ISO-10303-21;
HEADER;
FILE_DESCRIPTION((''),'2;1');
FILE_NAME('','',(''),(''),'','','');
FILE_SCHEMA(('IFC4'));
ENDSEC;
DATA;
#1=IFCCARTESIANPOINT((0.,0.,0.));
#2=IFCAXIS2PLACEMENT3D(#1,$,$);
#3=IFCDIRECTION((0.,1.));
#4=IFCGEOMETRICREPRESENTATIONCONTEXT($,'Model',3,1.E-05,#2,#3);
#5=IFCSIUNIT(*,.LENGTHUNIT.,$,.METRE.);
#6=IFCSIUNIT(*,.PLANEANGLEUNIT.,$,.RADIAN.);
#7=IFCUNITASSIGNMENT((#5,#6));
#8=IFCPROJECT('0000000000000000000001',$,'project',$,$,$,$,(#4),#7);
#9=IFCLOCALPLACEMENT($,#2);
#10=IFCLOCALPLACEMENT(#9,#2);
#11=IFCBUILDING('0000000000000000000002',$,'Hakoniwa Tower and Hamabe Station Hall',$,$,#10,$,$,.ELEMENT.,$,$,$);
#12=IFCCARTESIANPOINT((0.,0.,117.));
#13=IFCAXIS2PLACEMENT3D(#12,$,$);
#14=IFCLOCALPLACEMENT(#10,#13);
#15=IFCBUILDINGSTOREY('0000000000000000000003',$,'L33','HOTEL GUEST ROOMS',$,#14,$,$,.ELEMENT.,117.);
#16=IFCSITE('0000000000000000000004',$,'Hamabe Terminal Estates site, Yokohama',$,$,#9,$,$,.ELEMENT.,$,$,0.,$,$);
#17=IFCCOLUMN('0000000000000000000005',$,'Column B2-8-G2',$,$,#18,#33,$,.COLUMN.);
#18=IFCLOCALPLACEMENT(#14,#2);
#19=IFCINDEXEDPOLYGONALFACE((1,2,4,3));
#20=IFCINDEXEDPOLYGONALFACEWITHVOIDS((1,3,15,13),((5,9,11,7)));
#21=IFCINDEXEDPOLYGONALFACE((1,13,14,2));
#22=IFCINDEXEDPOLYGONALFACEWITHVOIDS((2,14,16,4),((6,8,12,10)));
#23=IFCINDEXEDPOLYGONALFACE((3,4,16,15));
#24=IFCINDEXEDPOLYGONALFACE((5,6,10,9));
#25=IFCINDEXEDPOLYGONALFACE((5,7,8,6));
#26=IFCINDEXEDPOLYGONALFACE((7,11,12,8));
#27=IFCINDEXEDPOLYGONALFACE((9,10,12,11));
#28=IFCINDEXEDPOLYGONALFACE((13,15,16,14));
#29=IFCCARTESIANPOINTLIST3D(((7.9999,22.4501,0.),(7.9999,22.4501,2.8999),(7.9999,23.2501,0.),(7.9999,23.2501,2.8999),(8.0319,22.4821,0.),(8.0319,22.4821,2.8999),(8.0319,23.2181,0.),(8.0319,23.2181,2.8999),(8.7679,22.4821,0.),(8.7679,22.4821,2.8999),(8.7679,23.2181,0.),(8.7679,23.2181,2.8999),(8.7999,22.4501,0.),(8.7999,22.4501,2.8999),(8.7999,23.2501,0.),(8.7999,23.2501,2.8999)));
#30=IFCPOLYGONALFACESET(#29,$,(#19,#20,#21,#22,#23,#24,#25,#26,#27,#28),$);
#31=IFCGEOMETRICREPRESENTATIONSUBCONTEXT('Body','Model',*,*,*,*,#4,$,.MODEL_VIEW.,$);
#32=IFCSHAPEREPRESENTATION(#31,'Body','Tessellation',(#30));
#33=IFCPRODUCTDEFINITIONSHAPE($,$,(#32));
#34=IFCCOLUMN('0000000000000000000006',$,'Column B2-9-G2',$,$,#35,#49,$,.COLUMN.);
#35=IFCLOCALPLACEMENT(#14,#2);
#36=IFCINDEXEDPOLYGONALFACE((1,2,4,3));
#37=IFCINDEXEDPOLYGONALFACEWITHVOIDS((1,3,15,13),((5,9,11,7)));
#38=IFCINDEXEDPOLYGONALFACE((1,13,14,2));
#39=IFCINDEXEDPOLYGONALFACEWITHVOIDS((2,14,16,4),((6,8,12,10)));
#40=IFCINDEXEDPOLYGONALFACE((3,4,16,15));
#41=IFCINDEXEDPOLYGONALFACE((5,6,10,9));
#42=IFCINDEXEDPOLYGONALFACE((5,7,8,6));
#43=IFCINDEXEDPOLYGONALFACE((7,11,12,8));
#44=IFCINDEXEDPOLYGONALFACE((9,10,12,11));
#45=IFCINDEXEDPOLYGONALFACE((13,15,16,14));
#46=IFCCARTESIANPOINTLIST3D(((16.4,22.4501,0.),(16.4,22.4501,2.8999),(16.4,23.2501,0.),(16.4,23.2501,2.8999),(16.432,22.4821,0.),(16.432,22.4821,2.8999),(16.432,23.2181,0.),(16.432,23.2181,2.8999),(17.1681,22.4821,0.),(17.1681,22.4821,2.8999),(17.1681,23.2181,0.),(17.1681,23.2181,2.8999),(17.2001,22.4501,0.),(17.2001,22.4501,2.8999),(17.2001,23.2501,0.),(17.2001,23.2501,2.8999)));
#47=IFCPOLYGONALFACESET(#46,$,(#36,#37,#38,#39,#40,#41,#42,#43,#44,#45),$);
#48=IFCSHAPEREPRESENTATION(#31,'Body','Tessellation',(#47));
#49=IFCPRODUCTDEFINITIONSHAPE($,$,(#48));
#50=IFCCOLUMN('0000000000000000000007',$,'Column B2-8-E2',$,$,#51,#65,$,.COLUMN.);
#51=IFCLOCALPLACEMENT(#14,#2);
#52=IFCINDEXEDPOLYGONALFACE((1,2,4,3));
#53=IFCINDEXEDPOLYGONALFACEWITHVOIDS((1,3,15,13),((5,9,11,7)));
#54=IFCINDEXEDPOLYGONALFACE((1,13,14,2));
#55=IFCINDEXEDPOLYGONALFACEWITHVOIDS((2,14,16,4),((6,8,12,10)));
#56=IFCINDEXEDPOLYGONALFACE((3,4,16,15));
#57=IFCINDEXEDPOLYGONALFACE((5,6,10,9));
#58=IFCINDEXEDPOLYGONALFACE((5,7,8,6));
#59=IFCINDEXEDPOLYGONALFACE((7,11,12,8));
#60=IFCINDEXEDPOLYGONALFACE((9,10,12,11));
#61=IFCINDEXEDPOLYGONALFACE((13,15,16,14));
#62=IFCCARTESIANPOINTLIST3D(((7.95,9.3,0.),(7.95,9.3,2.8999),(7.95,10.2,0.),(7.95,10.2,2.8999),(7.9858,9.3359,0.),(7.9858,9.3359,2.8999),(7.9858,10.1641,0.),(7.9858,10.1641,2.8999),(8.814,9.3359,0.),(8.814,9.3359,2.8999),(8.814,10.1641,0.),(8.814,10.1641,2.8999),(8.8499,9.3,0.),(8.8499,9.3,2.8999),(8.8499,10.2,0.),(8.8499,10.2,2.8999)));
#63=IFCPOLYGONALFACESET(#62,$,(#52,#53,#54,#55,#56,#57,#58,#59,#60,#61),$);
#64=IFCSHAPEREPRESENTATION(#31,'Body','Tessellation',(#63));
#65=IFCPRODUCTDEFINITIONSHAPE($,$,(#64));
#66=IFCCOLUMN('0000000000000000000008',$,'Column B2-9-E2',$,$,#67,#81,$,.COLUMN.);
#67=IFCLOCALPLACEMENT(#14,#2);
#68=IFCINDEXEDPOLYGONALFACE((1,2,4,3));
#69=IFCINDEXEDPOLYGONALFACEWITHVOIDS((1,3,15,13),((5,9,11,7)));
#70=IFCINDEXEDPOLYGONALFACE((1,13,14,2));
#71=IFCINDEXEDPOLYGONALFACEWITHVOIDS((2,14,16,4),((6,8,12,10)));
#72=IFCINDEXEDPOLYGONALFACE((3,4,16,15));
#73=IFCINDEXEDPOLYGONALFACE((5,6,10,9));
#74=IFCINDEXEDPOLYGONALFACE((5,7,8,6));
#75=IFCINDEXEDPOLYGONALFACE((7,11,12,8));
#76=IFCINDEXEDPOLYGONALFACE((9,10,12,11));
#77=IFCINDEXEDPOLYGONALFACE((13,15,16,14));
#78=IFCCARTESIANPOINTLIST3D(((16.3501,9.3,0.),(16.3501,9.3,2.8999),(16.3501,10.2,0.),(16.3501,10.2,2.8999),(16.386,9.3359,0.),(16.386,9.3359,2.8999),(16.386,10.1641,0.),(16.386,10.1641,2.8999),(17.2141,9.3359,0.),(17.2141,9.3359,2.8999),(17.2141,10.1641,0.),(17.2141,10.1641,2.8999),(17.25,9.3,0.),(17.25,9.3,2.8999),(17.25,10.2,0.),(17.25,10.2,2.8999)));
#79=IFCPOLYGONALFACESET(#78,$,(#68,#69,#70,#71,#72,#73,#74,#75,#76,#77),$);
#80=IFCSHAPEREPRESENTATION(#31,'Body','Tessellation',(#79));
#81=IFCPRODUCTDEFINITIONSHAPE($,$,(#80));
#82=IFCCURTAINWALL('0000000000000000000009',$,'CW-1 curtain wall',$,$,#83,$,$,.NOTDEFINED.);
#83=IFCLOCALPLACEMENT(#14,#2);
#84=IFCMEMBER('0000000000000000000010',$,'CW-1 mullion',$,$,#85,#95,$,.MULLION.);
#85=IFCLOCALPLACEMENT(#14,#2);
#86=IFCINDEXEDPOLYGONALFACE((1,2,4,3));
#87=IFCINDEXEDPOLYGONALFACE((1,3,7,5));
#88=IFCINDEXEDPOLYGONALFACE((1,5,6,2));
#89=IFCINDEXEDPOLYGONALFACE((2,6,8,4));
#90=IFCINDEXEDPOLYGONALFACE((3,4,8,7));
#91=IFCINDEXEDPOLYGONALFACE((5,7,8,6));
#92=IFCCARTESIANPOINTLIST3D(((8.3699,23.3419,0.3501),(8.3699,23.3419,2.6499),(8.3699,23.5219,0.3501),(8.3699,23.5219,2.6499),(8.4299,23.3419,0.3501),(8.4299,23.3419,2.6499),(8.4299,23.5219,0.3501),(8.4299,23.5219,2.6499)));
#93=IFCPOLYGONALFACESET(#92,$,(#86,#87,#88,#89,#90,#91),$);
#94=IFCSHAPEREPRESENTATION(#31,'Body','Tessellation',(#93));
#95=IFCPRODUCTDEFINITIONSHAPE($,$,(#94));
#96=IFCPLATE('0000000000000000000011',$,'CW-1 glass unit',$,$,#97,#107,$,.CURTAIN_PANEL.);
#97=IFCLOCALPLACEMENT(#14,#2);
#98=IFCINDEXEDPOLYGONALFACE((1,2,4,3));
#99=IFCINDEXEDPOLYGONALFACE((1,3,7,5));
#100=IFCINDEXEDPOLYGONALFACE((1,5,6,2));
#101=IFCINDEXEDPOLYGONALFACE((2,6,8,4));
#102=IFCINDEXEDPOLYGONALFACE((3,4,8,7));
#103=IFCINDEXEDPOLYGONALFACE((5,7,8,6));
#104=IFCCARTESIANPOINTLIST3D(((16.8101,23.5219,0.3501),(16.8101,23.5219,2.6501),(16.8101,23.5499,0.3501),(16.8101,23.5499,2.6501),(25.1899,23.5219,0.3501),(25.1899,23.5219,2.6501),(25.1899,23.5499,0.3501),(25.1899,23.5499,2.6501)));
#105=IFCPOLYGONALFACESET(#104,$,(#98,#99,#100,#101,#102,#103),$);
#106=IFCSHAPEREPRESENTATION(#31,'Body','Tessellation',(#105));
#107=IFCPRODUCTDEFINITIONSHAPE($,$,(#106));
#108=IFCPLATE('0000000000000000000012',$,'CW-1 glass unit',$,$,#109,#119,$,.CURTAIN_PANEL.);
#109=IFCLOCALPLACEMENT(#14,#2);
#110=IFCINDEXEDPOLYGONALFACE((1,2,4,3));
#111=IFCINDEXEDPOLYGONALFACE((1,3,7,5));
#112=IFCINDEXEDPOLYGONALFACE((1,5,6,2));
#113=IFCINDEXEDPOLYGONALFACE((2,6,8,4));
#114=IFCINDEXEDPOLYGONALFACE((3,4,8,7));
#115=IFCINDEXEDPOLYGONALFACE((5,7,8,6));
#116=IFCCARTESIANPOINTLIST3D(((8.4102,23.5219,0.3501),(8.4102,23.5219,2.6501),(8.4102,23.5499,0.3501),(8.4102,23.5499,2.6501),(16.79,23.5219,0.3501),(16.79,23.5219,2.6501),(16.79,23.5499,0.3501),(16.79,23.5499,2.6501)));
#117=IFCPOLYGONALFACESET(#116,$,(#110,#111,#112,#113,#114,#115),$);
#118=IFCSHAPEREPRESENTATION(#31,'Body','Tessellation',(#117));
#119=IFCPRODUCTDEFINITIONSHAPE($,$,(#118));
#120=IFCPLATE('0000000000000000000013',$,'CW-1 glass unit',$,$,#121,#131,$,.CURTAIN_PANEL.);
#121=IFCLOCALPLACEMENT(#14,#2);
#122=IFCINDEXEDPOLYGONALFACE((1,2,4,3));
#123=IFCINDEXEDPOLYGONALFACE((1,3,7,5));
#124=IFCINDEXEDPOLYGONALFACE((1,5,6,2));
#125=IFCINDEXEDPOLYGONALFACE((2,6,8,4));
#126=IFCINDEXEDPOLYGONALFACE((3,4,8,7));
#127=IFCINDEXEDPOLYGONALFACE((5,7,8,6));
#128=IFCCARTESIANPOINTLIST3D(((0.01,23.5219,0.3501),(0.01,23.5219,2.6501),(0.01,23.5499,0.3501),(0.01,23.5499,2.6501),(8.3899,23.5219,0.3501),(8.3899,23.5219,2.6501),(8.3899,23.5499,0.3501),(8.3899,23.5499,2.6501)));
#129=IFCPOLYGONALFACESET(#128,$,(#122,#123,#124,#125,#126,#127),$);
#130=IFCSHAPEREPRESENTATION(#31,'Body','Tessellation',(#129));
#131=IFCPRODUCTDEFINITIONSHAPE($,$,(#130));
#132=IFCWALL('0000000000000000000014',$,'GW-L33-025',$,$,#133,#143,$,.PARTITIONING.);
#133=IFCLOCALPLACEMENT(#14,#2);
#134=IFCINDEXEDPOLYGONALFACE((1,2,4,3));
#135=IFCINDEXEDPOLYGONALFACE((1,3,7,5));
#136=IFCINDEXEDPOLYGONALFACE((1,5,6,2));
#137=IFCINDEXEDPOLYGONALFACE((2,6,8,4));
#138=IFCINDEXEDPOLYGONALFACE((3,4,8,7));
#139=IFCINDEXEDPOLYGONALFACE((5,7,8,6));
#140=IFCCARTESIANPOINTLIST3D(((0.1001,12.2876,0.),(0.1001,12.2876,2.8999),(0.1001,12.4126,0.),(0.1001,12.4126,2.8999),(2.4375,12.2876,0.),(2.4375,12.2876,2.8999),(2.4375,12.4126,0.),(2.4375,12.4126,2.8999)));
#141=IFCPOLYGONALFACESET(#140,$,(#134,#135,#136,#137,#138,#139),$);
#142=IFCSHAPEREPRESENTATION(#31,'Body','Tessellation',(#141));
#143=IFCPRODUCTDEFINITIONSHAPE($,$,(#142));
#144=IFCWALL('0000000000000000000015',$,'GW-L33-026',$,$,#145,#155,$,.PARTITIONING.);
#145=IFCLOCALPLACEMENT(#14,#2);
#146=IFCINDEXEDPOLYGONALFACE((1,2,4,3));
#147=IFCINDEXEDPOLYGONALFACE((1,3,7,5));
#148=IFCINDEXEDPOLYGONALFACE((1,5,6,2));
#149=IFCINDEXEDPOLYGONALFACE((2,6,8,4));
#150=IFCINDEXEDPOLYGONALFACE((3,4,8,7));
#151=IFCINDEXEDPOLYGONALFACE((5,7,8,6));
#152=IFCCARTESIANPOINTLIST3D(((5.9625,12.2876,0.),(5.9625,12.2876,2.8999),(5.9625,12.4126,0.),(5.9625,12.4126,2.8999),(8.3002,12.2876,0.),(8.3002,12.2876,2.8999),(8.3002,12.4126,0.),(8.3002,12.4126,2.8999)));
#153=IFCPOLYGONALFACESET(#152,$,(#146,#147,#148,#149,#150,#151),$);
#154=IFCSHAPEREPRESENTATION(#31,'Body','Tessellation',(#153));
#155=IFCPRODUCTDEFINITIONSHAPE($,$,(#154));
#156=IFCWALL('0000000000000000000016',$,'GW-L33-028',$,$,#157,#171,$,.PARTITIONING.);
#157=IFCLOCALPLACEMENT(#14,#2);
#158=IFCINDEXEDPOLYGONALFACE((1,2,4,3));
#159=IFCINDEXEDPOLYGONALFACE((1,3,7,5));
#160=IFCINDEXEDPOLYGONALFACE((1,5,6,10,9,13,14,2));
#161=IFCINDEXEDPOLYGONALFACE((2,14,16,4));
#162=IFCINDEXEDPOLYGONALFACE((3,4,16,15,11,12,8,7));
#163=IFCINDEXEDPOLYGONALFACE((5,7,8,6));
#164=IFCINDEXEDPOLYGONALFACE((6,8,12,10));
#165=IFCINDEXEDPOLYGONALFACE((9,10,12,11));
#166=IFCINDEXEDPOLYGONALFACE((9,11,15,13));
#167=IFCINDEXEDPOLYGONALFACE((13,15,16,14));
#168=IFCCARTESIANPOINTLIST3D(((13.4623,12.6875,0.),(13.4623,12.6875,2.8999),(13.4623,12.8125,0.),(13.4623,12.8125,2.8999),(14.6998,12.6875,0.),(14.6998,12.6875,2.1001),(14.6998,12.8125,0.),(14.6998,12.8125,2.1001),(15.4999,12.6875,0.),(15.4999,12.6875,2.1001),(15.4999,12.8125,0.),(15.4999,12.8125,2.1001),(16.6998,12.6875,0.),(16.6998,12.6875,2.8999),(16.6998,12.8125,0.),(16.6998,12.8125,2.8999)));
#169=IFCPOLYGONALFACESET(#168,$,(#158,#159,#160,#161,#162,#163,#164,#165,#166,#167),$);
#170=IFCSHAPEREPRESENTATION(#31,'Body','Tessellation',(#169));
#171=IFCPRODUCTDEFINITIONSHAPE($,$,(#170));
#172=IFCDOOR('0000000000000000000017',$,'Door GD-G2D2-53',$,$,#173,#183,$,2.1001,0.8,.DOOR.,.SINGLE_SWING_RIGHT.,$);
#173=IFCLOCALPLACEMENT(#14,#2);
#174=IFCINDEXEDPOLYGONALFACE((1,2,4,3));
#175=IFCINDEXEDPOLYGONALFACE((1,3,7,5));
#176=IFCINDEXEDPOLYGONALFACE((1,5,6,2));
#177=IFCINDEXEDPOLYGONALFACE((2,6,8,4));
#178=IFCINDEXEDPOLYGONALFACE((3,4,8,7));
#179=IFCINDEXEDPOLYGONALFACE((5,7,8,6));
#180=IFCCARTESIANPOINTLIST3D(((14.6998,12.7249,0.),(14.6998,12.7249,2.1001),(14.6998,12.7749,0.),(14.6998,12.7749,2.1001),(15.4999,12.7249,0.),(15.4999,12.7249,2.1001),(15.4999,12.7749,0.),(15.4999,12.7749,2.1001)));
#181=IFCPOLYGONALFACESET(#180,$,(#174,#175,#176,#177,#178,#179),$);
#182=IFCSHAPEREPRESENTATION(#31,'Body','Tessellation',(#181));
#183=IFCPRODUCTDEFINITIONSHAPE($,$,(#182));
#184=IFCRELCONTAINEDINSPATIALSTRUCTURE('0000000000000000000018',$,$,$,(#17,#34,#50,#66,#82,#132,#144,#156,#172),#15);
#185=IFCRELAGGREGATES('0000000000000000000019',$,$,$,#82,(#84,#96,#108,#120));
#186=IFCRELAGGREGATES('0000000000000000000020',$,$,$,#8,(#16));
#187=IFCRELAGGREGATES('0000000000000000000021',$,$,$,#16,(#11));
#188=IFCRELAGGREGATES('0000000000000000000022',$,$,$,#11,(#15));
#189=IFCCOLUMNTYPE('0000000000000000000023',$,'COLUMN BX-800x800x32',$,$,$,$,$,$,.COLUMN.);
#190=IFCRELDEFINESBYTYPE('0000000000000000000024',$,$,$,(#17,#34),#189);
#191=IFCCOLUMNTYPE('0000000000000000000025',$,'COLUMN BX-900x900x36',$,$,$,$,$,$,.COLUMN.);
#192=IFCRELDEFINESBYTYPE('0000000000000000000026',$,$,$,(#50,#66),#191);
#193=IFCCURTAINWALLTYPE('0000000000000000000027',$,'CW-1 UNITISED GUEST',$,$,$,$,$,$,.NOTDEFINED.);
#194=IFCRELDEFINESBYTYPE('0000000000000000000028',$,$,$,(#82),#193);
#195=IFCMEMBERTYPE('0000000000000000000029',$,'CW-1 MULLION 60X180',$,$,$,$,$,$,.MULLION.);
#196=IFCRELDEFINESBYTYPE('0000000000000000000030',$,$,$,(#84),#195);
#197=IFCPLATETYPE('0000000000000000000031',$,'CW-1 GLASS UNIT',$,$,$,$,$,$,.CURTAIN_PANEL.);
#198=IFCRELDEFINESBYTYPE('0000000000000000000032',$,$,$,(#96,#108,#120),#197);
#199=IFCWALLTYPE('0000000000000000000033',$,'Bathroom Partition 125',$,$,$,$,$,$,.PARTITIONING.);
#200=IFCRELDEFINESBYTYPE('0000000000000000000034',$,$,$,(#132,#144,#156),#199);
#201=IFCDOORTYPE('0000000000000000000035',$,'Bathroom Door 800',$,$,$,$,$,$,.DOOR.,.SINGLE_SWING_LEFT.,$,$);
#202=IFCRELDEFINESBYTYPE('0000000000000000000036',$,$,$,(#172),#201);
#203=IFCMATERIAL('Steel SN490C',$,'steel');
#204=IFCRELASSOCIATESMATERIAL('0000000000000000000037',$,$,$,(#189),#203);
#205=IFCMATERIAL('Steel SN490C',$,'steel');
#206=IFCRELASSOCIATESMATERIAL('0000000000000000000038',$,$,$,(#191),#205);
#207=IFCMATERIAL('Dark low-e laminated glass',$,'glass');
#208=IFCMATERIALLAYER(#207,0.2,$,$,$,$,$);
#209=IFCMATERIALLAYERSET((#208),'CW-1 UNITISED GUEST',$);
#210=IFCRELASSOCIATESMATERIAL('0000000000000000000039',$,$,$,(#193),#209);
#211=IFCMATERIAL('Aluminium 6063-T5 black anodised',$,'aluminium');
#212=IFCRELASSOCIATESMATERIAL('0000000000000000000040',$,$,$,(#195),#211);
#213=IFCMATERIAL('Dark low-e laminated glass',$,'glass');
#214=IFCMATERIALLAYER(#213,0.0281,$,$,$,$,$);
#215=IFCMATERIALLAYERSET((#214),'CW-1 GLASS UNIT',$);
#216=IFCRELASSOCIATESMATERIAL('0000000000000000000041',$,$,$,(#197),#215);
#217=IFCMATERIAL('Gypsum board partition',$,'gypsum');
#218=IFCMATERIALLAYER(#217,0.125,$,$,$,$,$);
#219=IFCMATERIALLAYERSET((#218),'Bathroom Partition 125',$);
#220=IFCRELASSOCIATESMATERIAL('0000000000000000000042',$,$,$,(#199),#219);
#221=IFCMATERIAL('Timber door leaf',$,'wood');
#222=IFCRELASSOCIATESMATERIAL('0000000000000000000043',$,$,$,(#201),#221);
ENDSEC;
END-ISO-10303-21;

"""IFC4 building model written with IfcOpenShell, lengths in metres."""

from ifc_helpers import new_model, si_unit, direction, frame, frame_2d, origin, origin_2d, place, context, subcontext, project, spatial, rectangle, hollow_rectangle, extrude, material, layer, layer_set, material_profile, profile_set, type_object, element, fill, aggregate, save


model = new_model("IFC4")

# Units and contexts
model_context = context("Model", 3, precision=1e-05, world=origin(), true_north=direction((0.0, 1.0)))
body_context = subcontext(model_context, "Body", "Model", "MODEL_VIEW")
ifc_project = project(units=[si_unit("LENGTHUNIT", "METRE"), si_unit("PLANEANGLEUNIT", "RADIAN")], contexts=[model_context])

# Site, building, storey
site_placement = place(None, origin())
site = spatial("IfcSite", under=ifc_project, at=site_placement, Name="Hamabe Terminal Estates site, Yokohama", CompositionType="ELEMENT", RefElevation=0.0)
building_placement = place(site_placement, origin())
building = spatial("IfcBuilding", under=site, at=building_placement, Name="Hakoniwa Tower and Hamabe Station Hall", CompositionType="ELEMENT")
storey_placement = place(building_placement, frame((0.0, 0.0, 117.0)))
storey = spatial("IfcBuildingStorey", under=building, at=storey_placement, Name="L33", Description="HOTEL GUEST ROOMS", CompositionType="ELEMENT", Elevation=117.0)

# Columns
ifc_material_1 = material(Name="Steel SN490C", Category="steel")
ifc_material_profile_1 = material_profile(ifc_material_1, hollow_rectangle(XDim=0.8, YDim=0.8, WallThickness=0.032, at=origin_2d()), Name="BX-800x800x32")
ifc_profile_set_1 = profile_set([ifc_material_profile_1], Name="Steel SN490C")
column_type_1 = type_object("IfcColumnType", Name="COLUMN BX-800x800x32", PredefinedType="COLUMN", material=ifc_profile_set_1)
for number, where, z_axis, x_axis, name in (
    (1, (8.3999, 22.8501, 0.0), (0.0, 0.0, 1.0), (1.0, 0.0, 0.0), "Column B2-8-G2"),
    (2, (16.8, 22.8501, 0.0), (0.0, 0.0, 1.0), (1.0, 0.0, 0.0), "Column B2-9-G2"),
):
    element("IfcColumn", number, at=place(storey_placement, frame(where, z_axis=z_axis, x_axis=x_axis)), inside=storey, type_object=column_type_1, Name=name, PredefinedType="COLUMN", context=body_context, shape_type="SweptSolid", body=[
        extrude(hollow_rectangle(XDim=0.8, YDim=0.8, WallThickness=0.032, at=origin_2d()), origin(), (0.0, 0.0, 1.0), 2.8999),
    ])
ifc_material_2 = material(Name="Steel SN490C", Category="steel")
ifc_material_profile_2 = material_profile(ifc_material_2, hollow_rectangle(XDim=0.8999, YDim=0.8999, WallThickness=0.0359, at=origin_2d()), Name="BX-900x900x36")
ifc_profile_set_2 = profile_set([ifc_material_profile_2], Name="Steel SN490C")
column_type_2 = type_object("IfcColumnType", Name="COLUMN BX-900x900x36", PredefinedType="COLUMN", material=ifc_profile_set_2)
for number, where, z_axis, x_axis, name in (
    (3, (8.3999, 9.75, 0.0), (0.0, 0.0, 1.0), (1.0, 0.0, 0.0), "Column B2-8-E2"),
    (4, (16.8, 9.75, 0.0), (0.0, 0.0, 1.0), (1.0, 0.0, 0.0), "Column B2-9-E2"),
):
    element("IfcColumn", number, at=place(storey_placement, frame(where, z_axis=z_axis, x_axis=x_axis)), inside=storey, type_object=column_type_2, Name=name, PredefinedType="COLUMN", context=body_context, shape_type="SweptSolid", body=[
        extrude(hollow_rectangle(XDim=0.8999, YDim=0.8999, WallThickness=0.0359, at=origin_2d()), origin(), (0.0, 0.0, 1.0), 2.8999),
    ])

# Curtain wall, member, plates
ifc_material_3 = material(Name="Dark low-e laminated glass", Category="glass")
ifc_layer_1 = layer(ifc_material_3, 0.2)
ifc_layer_set_1 = layer_set([ifc_layer_1], Name="CW-1 UNITISED GUEST")
curtain_wall_type = type_object("IfcCurtainWallType", Name="CW-1 UNITISED GUEST", PredefinedType="NOTDEFINED", material=ifc_layer_set_1)
curtain_wall_placement = place(storey_placement, origin())
curtain_wall = element("IfcCurtainWall", 5, at=curtain_wall_placement, inside=storey, type_object=curtain_wall_type, Name="CW-1 curtain wall", PredefinedType="NOTDEFINED")
ifc_material_4 = material(Name="Aluminium 6063-T5 black anodised", Category="aluminium")
ifc_material_profile_3 = material_profile(ifc_material_4, rectangle(XDim=0.0601, YDim=0.1799, at=origin_2d()), Name="CW-1 MULLION 60X180")
ifc_profile_set_3 = profile_set([ifc_material_profile_3], Name="Aluminium 6063-T5 black anodised")
member_type = type_object("IfcMemberType", Name="CW-1 MULLION 60X180", PredefinedType="MULLION", material=ifc_profile_set_3)
member_placement = place(storey_placement, frame((8.3999, 23.4319, 0.3501), z_axis=(0.0, 0.0, 1.0), x_axis=(-1.0, 0.0, 0.0)))
member = element("IfcMember", 6, at=member_placement, type_object=member_type, Name="CW-1 mullion", PredefinedType="MULLION", context=body_context, shape_type="SweptSolid", body=[
    extrude(rectangle(XDim=0.0601, YDim=0.1799, at=origin_2d()), origin(), (0.0, 0.0, 1.0), 2.2998),
])
ifc_material_5 = material(Name="Dark low-e laminated glass", Category="glass")
ifc_layer_2 = layer(ifc_material_5, 0.0281)
ifc_layer_set_2 = layer_set([ifc_layer_2], Name="CW-1 GLASS UNIT")
plate_type = type_object("IfcPlateType", Name="CW-1 GLASS UNIT", PredefinedType="CURTAIN_PANEL", material=ifc_layer_set_2)
plate_1_placement = place(storey_placement, frame((21.0, 23.5359, 0.3501), z_axis=(0.0, 0.0, 1.0), x_axis=(-1.0, 0.0, 0.0)))
plate_1 = element("IfcPlate", 7, at=plate_1_placement, type_object=plate_type, Name="CW-1 glass unit", PredefinedType="CURTAIN_PANEL", context=body_context, shape_type="SweptSolid", body=[
    extrude(rectangle(XDim=8.3799, YDim=0.0281, at=origin_2d()), origin(), (0.0, 0.0, 1.0), 2.3),
])
plate_2_placement = place(storey_placement, frame((12.6001, 23.5359, 0.3501), z_axis=(0.0, 0.0, 1.0), x_axis=(-1.0, 0.0, 0.0)))
plate_2 = element("IfcPlate", 8, at=plate_2_placement, type_object=plate_type, Name="CW-1 glass unit", PredefinedType="CURTAIN_PANEL", context=body_context, shape_type="SweptSolid", body=[
    extrude(rectangle(XDim=8.3799, YDim=0.0281, at=origin_2d()), origin(), (0.0, 0.0, 1.0), 2.3),
])
plate_3_placement = place(storey_placement, frame((4.2, 23.5359, 0.3501), z_axis=(0.0, 0.0, 1.0), x_axis=(-1.0, 0.0, 0.0)))
plate_3 = element("IfcPlate", 9, at=plate_3_placement, type_object=plate_type, Name="CW-1 glass unit", PredefinedType="CURTAIN_PANEL", context=body_context, shape_type="SweptSolid", body=[
    extrude(rectangle(XDim=8.3799, YDim=0.0281, at=origin_2d()), origin(), (0.0, 0.0, 1.0), 2.3),
])
aggregate(curtain_wall, [member, plate_1, plate_2, plate_3])

# Walls
ifc_material_6 = material(Name="Gypsum board partition", Category="gypsum")
ifc_layer_3 = layer(ifc_material_6, 0.125)
ifc_layer_set_3 = layer_set([ifc_layer_3], Name="Bathroom Partition 125")
wall_type_1 = type_object("IfcWallType", Name="Bathroom Partition 125", PredefinedType="PARTITIONING", material=ifc_layer_set_3)
wall_1_placement = place(storey_placement, frame((0.1001, 12.3501, 0.0), z_axis=(0.0, 0.0, 1.0), x_axis=(1.0, 0.0, 0.0)))
element("IfcWall", 10, at=wall_1_placement, inside=storey, type_object=wall_type_1, Name="GW-L33-025", PredefinedType="PARTITIONING", context=body_context, shape_type="SweptSolid", body=[
    extrude(rectangle(XDim=2.3374, YDim=0.125, at=frame_2d((1.1687, 0.0))), origin(), (0.0, 0.0, 1.0), 2.8999),
])
wall_2_placement = place(storey_placement, frame((5.9624, 12.3501, 0.0), z_axis=(0.0, 0.0, 1.0), x_axis=(1.0, 0.0, 0.0)))
element("IfcWall", 11, at=wall_2_placement, inside=storey, type_object=wall_type_1, Name="GW-L33-026", PredefinedType="PARTITIONING", context=body_context, shape_type="SweptSolid", body=[
    extrude(rectangle(XDim=2.3376, YDim=0.125, at=frame_2d((1.1689, 0.0))), origin(), (0.0, 0.0, 1.0), 2.8999),
])

# Wall, opening, door
wall_3_placement = place(storey_placement, frame((13.4624, 12.75, 0.0), z_axis=(0.0, 0.0, 1.0), x_axis=(1.0, 0.0, 0.0)))
wall_3 = element("IfcWall", 12, at=wall_3_placement, inside=storey, type_object=wall_type_1, Name="GW-L33-028", PredefinedType="PARTITIONING", context=body_context, shape_type="SweptSolid", body=[
    extrude(rectangle(XDim=3.2375, YDim=0.125, at=frame_2d((1.6187, 0.0))), origin(), (0.0, 0.0, 1.0), 2.8999),
])
opening_1_placement = place(wall_3_placement, frame((1.2375, 0.0, 0.0)))
opening_1 = element("IfcOpeningElement", 13, at=opening_1_placement, cuts=wall_3, PredefinedType="OPENING", context=body_context, shape_type="SweptSolid", body=[
    extrude(rectangle(XDim=0.8, YDim=2.1001, at=frame_2d((0.3999, 1.05))), frame((0.0, 0.0725, 0.0), z_axis=(0.0, -1.0, 0.0), x_axis=(1.0, 0.0, 0.0)), (0.0, 0.0, 1.0), 0.145),
])
ifc_material_7 = material(Name="Timber door leaf", Category="wood")
door_type_1 = type_object("IfcDoorType", Name="Bathroom Door 800", OperationType="SINGLE_SWING_LEFT", PredefinedType="DOOR", material=ifc_material_7)
door_1_placement = place(opening_1_placement, origin())
door_1 = element("IfcDoor", 14, at=door_1_placement, inside=storey, type_object=door_type_1, Name="Door GD-G2D2-53", OperationType="SINGLE_SWING_RIGHT", OverallHeight=2.1001, OverallWidth=0.8, PredefinedType="DOOR", context=body_context, shape_type="SweptSolid", body=[
    extrude(rectangle(XDim=0.8, YDim=2.1001, at=frame_2d((0.3999, 1.05))), frame((0.0, 0.0249, 0.0), z_axis=(0.0, -1.0, 0.0), x_axis=(1.0, 0.0, 0.0)), (0.0, 0.0, 1.0), 0.05),
])
fill(opening_1, door_1)

save(model, "model.ifc")
